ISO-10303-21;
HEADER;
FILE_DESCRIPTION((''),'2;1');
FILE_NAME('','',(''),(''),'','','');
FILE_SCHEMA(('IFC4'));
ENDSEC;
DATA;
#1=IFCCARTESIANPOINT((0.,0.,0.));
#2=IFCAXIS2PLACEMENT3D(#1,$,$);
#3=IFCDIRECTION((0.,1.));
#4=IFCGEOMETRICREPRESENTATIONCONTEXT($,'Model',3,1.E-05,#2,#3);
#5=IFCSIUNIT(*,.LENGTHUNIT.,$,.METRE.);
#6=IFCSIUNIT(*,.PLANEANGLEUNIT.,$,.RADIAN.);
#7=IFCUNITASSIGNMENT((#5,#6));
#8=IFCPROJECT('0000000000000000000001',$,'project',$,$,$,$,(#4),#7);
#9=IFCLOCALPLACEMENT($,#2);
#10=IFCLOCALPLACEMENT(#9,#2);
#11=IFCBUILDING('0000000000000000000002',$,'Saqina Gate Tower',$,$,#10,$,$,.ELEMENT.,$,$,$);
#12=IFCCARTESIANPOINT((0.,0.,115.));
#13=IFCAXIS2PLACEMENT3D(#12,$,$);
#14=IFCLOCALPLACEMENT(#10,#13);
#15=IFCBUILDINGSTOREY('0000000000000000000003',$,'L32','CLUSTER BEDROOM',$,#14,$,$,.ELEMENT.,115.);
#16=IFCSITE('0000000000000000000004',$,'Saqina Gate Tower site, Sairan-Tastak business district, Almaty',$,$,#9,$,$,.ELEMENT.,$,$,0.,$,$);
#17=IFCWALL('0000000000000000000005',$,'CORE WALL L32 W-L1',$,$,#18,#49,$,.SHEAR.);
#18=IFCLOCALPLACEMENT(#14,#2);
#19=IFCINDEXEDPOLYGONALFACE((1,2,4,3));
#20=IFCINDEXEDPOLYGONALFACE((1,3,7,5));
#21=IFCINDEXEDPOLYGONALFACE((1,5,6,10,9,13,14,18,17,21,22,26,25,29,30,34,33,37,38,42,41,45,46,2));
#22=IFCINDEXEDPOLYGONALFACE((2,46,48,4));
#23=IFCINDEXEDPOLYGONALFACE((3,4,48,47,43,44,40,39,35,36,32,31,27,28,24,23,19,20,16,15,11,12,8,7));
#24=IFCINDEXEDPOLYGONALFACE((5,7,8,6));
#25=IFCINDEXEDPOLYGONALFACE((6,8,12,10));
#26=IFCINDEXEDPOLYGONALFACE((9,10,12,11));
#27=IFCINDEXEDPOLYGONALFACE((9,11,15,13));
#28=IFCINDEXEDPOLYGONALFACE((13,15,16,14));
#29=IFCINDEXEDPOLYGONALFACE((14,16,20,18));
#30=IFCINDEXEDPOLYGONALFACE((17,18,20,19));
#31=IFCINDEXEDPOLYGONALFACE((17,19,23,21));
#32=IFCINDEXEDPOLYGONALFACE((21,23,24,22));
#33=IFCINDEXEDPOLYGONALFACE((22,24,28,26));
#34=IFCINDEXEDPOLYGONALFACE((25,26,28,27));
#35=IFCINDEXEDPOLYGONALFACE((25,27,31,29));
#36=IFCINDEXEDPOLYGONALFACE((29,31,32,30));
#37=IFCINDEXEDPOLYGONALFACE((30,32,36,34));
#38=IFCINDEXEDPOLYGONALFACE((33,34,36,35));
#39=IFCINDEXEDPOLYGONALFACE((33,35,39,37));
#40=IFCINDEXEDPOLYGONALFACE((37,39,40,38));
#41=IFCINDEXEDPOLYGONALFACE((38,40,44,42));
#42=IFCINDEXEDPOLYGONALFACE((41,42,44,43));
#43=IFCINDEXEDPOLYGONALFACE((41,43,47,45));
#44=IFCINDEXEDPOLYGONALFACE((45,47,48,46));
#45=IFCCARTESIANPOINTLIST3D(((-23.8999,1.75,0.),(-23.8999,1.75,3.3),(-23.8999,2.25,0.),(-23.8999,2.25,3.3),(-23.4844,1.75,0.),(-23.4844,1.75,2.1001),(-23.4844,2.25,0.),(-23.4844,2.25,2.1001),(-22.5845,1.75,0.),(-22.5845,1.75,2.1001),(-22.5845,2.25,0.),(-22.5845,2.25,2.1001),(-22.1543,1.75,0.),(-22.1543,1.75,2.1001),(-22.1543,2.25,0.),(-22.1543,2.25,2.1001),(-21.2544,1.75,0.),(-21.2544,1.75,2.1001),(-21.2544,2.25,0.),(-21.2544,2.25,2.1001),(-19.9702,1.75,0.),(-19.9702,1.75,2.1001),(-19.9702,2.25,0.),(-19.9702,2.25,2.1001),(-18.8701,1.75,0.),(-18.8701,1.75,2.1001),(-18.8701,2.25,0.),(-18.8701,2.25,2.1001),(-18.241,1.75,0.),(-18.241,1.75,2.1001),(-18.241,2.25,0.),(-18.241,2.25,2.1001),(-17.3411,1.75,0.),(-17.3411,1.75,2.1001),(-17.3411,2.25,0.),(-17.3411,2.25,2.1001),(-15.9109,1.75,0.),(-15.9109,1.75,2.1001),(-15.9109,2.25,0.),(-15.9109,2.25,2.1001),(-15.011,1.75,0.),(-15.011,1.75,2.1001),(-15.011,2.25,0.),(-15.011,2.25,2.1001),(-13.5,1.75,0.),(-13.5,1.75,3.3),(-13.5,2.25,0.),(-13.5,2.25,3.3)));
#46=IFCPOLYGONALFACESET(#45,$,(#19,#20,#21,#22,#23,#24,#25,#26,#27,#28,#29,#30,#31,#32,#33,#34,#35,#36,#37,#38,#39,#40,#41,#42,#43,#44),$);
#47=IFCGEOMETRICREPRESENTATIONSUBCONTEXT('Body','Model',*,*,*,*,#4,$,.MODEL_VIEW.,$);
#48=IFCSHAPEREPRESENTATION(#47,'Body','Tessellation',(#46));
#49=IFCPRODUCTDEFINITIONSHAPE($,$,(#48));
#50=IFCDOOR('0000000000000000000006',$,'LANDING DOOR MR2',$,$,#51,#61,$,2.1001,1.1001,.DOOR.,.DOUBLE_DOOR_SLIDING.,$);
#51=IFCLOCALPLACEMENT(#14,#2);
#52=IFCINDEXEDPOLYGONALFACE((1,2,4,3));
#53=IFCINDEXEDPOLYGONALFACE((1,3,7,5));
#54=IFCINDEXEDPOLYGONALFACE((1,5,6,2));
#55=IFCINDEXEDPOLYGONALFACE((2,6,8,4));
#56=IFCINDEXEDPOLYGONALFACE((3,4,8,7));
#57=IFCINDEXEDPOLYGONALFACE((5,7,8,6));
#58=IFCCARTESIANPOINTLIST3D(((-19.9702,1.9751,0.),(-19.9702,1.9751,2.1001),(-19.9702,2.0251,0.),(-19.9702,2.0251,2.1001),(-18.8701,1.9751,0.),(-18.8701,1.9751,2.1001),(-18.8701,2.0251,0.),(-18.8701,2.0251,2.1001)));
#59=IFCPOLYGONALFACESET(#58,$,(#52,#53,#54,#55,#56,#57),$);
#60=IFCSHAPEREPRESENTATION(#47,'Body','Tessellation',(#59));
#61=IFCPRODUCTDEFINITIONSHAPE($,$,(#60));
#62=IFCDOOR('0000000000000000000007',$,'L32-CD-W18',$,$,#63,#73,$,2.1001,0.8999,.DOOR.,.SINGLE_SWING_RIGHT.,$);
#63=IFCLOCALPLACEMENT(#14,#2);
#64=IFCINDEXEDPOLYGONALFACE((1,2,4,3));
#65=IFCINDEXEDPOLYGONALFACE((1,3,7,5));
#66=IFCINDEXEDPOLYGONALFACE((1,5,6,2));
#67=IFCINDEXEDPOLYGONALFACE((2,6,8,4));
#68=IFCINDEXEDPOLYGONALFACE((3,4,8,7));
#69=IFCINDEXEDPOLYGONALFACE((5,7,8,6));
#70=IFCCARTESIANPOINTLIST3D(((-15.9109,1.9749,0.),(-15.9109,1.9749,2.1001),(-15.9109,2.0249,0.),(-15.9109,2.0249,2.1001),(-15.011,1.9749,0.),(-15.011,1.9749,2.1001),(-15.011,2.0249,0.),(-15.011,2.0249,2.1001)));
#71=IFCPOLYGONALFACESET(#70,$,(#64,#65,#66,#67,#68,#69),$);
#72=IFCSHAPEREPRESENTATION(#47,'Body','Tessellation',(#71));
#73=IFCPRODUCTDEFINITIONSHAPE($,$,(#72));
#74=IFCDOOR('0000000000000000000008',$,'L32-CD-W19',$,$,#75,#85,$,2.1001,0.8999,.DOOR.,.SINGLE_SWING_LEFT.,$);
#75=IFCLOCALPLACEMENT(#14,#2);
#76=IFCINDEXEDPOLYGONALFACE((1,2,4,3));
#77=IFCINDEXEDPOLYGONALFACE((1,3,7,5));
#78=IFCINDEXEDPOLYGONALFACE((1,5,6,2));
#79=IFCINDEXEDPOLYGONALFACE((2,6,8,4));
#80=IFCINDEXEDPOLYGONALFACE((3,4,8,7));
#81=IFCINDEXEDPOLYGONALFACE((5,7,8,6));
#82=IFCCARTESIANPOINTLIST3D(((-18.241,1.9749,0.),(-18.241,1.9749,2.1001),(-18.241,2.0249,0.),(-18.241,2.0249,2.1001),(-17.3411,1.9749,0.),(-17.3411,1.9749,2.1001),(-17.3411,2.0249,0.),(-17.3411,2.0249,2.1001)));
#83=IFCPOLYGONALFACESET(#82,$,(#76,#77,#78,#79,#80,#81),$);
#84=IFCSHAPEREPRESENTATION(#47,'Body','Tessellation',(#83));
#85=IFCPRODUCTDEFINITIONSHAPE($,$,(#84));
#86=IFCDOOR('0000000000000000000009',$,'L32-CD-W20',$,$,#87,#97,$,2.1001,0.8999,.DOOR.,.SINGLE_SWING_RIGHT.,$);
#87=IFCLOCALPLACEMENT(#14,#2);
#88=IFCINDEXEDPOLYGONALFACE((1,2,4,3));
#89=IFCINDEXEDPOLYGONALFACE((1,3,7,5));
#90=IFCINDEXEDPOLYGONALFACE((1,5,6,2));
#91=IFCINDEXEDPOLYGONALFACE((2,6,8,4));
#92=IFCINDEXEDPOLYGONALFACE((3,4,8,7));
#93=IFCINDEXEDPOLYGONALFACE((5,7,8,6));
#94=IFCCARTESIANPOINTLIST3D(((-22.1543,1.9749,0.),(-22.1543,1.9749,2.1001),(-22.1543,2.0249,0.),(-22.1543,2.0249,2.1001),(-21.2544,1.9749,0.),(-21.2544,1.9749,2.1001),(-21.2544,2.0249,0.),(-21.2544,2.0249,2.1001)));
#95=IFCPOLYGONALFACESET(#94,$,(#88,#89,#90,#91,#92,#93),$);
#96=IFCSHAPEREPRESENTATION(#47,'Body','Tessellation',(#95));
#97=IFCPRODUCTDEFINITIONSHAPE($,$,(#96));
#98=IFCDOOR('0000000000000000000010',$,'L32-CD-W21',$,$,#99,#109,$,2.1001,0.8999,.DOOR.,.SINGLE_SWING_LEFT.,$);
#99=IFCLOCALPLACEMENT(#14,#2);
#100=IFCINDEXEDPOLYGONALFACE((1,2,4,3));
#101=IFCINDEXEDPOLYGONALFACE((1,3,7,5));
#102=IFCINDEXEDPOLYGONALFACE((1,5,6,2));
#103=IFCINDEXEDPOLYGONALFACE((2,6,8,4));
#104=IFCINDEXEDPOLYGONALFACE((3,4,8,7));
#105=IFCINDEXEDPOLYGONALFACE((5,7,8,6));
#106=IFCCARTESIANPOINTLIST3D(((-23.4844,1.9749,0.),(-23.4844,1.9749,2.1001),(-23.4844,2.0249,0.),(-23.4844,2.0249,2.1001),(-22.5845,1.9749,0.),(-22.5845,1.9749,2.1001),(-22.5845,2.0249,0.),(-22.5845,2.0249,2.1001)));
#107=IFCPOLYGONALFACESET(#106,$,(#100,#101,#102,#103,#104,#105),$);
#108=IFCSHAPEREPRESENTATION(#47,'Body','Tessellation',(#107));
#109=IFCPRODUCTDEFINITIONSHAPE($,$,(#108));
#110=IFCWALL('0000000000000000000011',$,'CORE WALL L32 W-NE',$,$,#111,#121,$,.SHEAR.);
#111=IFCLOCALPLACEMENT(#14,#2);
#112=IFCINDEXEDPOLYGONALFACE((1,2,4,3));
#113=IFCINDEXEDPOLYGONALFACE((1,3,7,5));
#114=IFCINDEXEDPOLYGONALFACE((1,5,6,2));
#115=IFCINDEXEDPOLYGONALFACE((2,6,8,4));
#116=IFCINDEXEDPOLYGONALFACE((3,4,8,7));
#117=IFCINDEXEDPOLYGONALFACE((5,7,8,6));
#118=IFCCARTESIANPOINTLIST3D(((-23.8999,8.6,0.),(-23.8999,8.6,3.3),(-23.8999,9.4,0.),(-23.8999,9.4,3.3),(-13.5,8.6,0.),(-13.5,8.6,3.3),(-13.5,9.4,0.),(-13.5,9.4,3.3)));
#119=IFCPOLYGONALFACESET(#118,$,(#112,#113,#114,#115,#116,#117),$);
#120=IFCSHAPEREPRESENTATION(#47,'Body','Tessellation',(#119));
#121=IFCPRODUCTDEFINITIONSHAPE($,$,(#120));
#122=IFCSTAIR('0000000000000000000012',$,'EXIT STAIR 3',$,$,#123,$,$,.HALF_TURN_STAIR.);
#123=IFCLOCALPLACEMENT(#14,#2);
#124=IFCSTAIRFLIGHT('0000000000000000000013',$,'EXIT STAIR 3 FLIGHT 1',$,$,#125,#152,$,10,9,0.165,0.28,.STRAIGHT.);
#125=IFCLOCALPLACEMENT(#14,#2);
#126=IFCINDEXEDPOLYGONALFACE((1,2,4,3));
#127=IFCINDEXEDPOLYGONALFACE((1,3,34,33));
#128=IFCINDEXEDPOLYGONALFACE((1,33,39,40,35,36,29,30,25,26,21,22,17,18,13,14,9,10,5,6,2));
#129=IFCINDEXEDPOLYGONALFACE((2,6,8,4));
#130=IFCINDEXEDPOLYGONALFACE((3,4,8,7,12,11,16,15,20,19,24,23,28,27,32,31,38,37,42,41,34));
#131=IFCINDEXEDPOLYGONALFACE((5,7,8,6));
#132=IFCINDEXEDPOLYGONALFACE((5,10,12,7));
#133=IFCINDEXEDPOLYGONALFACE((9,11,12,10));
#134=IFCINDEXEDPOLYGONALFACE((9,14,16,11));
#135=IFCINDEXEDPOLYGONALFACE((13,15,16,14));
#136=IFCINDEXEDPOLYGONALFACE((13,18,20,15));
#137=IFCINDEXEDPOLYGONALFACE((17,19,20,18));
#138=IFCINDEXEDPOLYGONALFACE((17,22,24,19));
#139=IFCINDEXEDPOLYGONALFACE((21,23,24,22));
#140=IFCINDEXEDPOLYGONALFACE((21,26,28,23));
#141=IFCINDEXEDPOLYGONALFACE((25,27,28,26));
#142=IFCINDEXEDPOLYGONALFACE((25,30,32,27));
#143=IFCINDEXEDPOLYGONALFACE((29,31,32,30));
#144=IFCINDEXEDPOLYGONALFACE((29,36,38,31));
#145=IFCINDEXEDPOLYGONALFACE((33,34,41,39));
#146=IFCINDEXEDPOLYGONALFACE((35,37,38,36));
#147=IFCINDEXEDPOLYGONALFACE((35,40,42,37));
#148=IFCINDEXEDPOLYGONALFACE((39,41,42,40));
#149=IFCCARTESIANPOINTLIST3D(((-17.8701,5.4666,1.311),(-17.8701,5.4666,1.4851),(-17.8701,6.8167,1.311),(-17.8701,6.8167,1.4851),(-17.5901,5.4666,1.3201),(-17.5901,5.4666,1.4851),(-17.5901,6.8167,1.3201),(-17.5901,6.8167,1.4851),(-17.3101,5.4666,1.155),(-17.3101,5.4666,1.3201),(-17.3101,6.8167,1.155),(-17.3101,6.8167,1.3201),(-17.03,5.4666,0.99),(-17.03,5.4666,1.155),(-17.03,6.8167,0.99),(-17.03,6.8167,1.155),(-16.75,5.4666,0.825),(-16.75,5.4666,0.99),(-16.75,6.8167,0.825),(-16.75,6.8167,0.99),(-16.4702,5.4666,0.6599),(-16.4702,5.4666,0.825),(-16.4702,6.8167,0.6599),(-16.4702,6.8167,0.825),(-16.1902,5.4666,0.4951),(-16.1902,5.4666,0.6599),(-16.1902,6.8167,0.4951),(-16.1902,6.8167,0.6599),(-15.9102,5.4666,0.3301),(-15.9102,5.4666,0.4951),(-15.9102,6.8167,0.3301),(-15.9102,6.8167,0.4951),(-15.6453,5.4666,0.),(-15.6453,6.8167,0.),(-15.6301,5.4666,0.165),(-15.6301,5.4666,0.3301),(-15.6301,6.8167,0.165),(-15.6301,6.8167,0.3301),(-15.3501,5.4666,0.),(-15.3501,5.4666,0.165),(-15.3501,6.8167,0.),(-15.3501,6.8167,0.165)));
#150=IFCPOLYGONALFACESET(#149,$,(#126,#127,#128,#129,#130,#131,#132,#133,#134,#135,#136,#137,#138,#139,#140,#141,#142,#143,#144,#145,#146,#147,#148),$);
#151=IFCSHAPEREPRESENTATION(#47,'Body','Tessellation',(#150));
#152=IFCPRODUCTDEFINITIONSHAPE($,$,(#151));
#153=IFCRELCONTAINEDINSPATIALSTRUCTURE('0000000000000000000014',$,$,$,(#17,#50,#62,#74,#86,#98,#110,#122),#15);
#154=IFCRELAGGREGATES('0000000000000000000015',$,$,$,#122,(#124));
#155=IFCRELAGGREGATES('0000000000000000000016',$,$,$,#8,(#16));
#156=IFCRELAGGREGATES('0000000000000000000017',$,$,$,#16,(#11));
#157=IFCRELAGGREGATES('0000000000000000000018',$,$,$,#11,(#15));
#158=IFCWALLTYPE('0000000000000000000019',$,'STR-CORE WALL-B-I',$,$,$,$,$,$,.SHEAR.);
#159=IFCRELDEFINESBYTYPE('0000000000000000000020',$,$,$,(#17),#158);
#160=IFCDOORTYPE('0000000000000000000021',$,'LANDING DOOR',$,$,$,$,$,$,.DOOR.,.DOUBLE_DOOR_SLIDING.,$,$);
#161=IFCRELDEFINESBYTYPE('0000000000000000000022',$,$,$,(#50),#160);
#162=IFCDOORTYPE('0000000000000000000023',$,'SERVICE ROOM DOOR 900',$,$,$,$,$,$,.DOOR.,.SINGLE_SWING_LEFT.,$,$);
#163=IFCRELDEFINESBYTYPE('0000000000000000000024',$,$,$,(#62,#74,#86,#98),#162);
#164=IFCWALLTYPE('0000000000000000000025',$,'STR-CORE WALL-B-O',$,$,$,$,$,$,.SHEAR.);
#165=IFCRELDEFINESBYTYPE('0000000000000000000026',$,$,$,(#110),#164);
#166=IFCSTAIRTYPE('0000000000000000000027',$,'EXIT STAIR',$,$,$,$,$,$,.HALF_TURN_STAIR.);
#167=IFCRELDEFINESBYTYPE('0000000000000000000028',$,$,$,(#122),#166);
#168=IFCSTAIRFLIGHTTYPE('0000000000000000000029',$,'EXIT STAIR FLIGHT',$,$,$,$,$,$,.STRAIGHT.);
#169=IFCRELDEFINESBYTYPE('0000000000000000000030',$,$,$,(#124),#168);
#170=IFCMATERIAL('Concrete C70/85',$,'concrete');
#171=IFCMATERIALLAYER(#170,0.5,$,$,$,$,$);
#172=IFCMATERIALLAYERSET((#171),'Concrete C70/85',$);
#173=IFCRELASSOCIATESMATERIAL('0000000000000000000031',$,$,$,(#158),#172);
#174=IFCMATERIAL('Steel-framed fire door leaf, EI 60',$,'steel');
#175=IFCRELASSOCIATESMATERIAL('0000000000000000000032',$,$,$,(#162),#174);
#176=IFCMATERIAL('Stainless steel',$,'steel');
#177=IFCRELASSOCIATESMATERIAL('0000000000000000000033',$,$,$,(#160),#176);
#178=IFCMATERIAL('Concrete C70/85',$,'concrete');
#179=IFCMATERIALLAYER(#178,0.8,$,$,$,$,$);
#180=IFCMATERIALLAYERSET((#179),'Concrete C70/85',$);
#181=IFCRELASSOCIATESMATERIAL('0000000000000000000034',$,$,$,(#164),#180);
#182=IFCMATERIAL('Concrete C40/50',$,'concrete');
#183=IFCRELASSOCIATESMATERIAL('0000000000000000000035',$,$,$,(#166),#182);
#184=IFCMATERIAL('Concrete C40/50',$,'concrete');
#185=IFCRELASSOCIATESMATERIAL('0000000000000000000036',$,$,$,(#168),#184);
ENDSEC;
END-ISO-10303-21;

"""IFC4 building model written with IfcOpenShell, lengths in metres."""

from ifc_helpers import new_model, si_unit, direction, frame, frame_2d, origin, place, context, subcontext, project, spatial, polyline, rectangle, outline, extrude, material, layer, layer_set, type_object, element, fill, aggregate, save


model = new_model("IFC4")

# Units and contexts
model_context = context("Model", 3, precision=1e-05, world=origin(), true_north=direction((0.0, 1.0)))
body_context = subcontext(model_context, "Body", "Model", "MODEL_VIEW")
ifc_project = project(units=[si_unit("LENGTHUNIT", "METRE"), si_unit("PLANEANGLEUNIT", "RADIAN")], contexts=[model_context])

# Site, building, storey
site_placement = place(None, origin())
site = spatial("IfcSite", under=ifc_project, at=site_placement, Name="Saqina Gate Tower site, Sairan-Tastak business district, Almaty", CompositionType="ELEMENT", RefElevation=0.0)
building_placement = place(site_placement, origin())
building = spatial("IfcBuilding", under=site, at=building_placement, Name="Saqina Gate Tower", CompositionType="ELEMENT")
storey_placement = place(building_placement, frame((0.0, 0.0, 115.0)))
storey = spatial("IfcBuildingStorey", under=building, at=storey_placement, Name="L32", Description="CLUSTER BEDROOM", CompositionType="ELEMENT", Elevation=115.0)

# Shared definitions
ifc_material_1 = material(Name="Concrete C70/85", Category="concrete")
ifc_layer_1 = layer(ifc_material_1, 0.5)
ifc_layer_set_1 = layer_set([ifc_layer_1], Name="Concrete C70/85")
wall_type_1 = type_object("IfcWallType", Name="STR-CORE WALL-B-I", PredefinedType="SHEAR", material=ifc_layer_set_1)
ifc_material_2 = material(Name="Steel-framed fire door leaf, EI 60", Category="steel")
door_type_1 = type_object("IfcDoorType", Name="SERVICE ROOM DOOR 900", OperationType="SINGLE_SWING_LEFT", PredefinedType="DOOR", material=ifc_material_2)

# Wall, openings, doors
wall_1_placement = place(storey_placement, frame((-13.5, 2.0, 0.0), z_axis=(0.0, 0.0, 1.0), x_axis=(-1.0, 0.0, 0.0)))
wall_1 = element("IfcWall", 1, at=wall_1_placement, inside=storey, type_object=wall_type_1, Name="CORE WALL L32 W-L1", PredefinedType="SHEAR", context=body_context, shape_type="SweptSolid", body=[
    extrude(rectangle(XDim=10.3999, YDim=0.5, at=frame_2d((5.2, 0.0))), origin(), (0.0, 0.0, 1.0), 3.3),
])
opening_1_placement = place(wall_1_placement, frame((5.3701, 0.0, 0.0)))
opening_1 = element("IfcOpeningElement", 2, at=opening_1_placement, cuts=wall_1, PredefinedType="OPENING", context=body_context, shape_type="SweptSolid", body=[
    extrude(rectangle(XDim=1.1001, YDim=2.1001, at=frame_2d((0.55, 1.05))), frame((0.0, 0.262, 0.0), z_axis=(0.0, -1.0, 0.0), x_axis=(1.0, 0.0, 0.0)), (0.0, 0.0, 1.0), 0.5239),
])
opening_2_placement = place(wall_1_placement, frame((1.511, 0.0, 0.0)))
opening_2 = element("IfcOpeningElement", 3, at=opening_2_placement, cuts=wall_1, PredefinedType="OPENING", context=body_context, shape_type="SweptSolid", body=[
    extrude(rectangle(XDim=0.8999, YDim=2.1001, at=frame_2d((0.45, 1.05))), frame((0.0, 0.262, 0.0), z_axis=(0.0, -1.0, 0.0), x_axis=(1.0, 0.0, 0.0)), (0.0, 0.0, 1.0), 0.5239),
])
opening_3_placement = place(wall_1_placement, frame((3.8411, 0.0, 0.0)))
opening_3 = element("IfcOpeningElement", 4, at=opening_3_placement, cuts=wall_1, PredefinedType="OPENING", context=body_context, shape_type="SweptSolid", body=[
    extrude(rectangle(XDim=0.8999, YDim=2.1001, at=frame_2d((0.45, 1.05))), frame((0.0, 0.262, 0.0), z_axis=(0.0, -1.0, 0.0), x_axis=(1.0, 0.0, 0.0)), (0.0, 0.0, 1.0), 0.5239),
])
opening_4_placement = place(wall_1_placement, frame((7.7544, 0.0, 0.0)))
opening_4 = element("IfcOpeningElement", 5, at=opening_4_placement, cuts=wall_1, PredefinedType="OPENING", context=body_context, shape_type="SweptSolid", body=[
    extrude(rectangle(XDim=0.8999, YDim=2.1001, at=frame_2d((0.45, 1.05))), frame((0.0, 0.262, 0.0), z_axis=(0.0, -1.0, 0.0), x_axis=(1.0, 0.0, 0.0)), (0.0, 0.0, 1.0), 0.5239),
])
opening_5_placement = place(wall_1_placement, frame((9.0845, 0.0, 0.0)))
opening_5 = element("IfcOpeningElement", 6, at=opening_5_placement, cuts=wall_1, PredefinedType="OPENING", context=body_context, shape_type="SweptSolid", body=[
    extrude(rectangle(XDim=0.8999, YDim=2.1001, at=frame_2d((0.45, 1.05))), frame((0.0, 0.262, 0.0), z_axis=(0.0, -1.0, 0.0), x_axis=(1.0, 0.0, 0.0)), (0.0, 0.0, 1.0), 0.5239),
])
ifc_material_3 = material(Name="Stainless steel", Category="steel")
door_type_2 = type_object("IfcDoorType", Name="LANDING DOOR", OperationType="DOUBLE_DOOR_SLIDING", PredefinedType="DOOR", material=ifc_material_3)
door_1_placement = place(opening_1_placement, origin())
door_1 = element("IfcDoor", 7, at=door_1_placement, inside=storey, type_object=door_type_2, Name="LANDING DOOR MR2", OperationType="DOUBLE_DOOR_SLIDING", OverallHeight=2.1001, OverallWidth=1.1001, PredefinedType="DOOR", context=body_context, shape_type="SweptSolid", body=[
    extrude(rectangle(XDim=1.1001, YDim=2.1001, at=frame_2d((0.55, 1.05))), frame((0.0, 0.0249, 0.0), z_axis=(0.0, -1.0, 0.0), x_axis=(1.0, 0.0, 0.0)), (0.0, 0.0, 1.0), 0.05),
])
fill(opening_1, door_1)
door_2_placement = place(opening_2_placement, frame((0.8999, 0.0, 0.0), z_axis=(0.0, 0.0, 1.0), x_axis=(-1.0, 0.0, 0.0)))
door_2 = element("IfcDoor", 8, at=door_2_placement, inside=storey, type_object=door_type_1, Name="L32-CD-W18", OperationType="SINGLE_SWING_RIGHT", OverallHeight=2.1001, OverallWidth=0.8999, PredefinedType="DOOR", context=body_context, shape_type="SweptSolid", body=[
    extrude(rectangle(XDim=0.8999, YDim=2.1001, at=frame_2d((0.45, 1.05))), frame((0.0, 0.0249, 0.0), z_axis=(0.0, -1.0, 0.0), x_axis=(1.0, 0.0, 0.0)), (0.0, 0.0, 1.0), 0.05),
])
fill(opening_2, door_2)
door_3_placement = place(opening_3_placement, frame((0.8999, 0.0, 0.0), z_axis=(0.0, 0.0, 1.0), x_axis=(-1.0, 0.0, 0.0)))
door_3 = element("IfcDoor", 9, at=door_3_placement, inside=storey, type_object=door_type_1, Name="L32-CD-W19", OperationType="SINGLE_SWING_LEFT", OverallHeight=2.1001, OverallWidth=0.8999, PredefinedType="DOOR", context=body_context, shape_type="SweptSolid", body=[
    extrude(rectangle(XDim=0.8999, YDim=2.1001, at=frame_2d((0.45, 1.05))), frame((0.0, 0.0249, 0.0), z_axis=(0.0, -1.0, 0.0), x_axis=(1.0, 0.0, 0.0)), (0.0, 0.0, 1.0), 0.05),
])
fill(opening_3, door_3)
door_4_placement = place(opening_4_placement, frame((0.8999, 0.0, 0.0), z_axis=(0.0, 0.0, 1.0), x_axis=(-1.0, 0.0, 0.0)))
door_4 = element("IfcDoor", 10, at=door_4_placement, inside=storey, type_object=door_type_1, Name="L32-CD-W20", OperationType="SINGLE_SWING_RIGHT", OverallHeight=2.1001, OverallWidth=0.8999, PredefinedType="DOOR", context=body_context, shape_type="SweptSolid", body=[
    extrude(rectangle(XDim=0.8999, YDim=2.1001, at=frame_2d((0.45, 1.05))), frame((0.0, 0.0249, 0.0), z_axis=(0.0, -1.0, 0.0), x_axis=(1.0, 0.0, 0.0)), (0.0, 0.0, 1.0), 0.05),
])
fill(opening_4, door_4)
door_5_placement = place(opening_5_placement, frame((0.8999, 0.0, 0.0), z_axis=(0.0, 0.0, 1.0), x_axis=(-1.0, 0.0, 0.0)))
door_5 = element("IfcDoor", 11, at=door_5_placement, inside=storey, type_object=door_type_1, Name="L32-CD-W21", OperationType="SINGLE_SWING_LEFT", OverallHeight=2.1001, OverallWidth=0.8999, PredefinedType="DOOR", context=body_context, shape_type="SweptSolid", body=[
    extrude(rectangle(XDim=0.8999, YDim=2.1001, at=frame_2d((0.45, 1.05))), frame((0.0, 0.0249, 0.0), z_axis=(0.0, -1.0, 0.0), x_axis=(1.0, 0.0, 0.0)), (0.0, 0.0, 1.0), 0.05),
])
fill(opening_5, door_5)

# Wall
ifc_material_4 = material(Name="Concrete C70/85", Category="concrete")
ifc_layer_2 = layer(ifc_material_4, 0.8)
ifc_layer_set_2 = layer_set([ifc_layer_2], Name="Concrete C70/85")
wall_type_2 = type_object("IfcWallType", Name="STR-CORE WALL-B-O", PredefinedType="SHEAR", material=ifc_layer_set_2)
wall_2_placement = place(storey_placement, frame((-13.5, 9.0, 0.0), z_axis=(0.0, 0.0, 1.0), x_axis=(-1.0, 0.0, 0.0)))
element("IfcWall", 12, at=wall_2_placement, inside=storey, type_object=wall_type_2, Name="CORE WALL L32 W-NE", PredefinedType="SHEAR", context=body_context, shape_type="SweptSolid", body=[
    extrude(rectangle(XDim=10.3999, YDim=0.8, at=frame_2d((5.2, 0.0))), origin(), (0.0, 0.0, 1.0), 3.3),
])

# Stair, stair flight
ifc_material_5 = material(Name="Concrete C40/50", Category="concrete")
stair_type = type_object("IfcStairType", Name="EXIT STAIR", PredefinedType="HALF_TURN_STAIR", material=ifc_material_5)
stair_placement = place(storey_placement, origin())
stair = element("IfcStair", 13, at=stair_placement, inside=storey, type_object=stair_type, Name="EXIT STAIR 3", PredefinedType="HALF_TURN_STAIR")
ifc_material_6 = material(Name="Concrete C40/50", Category="concrete")
stair_flight_type = type_object("IfcStairFlightType", Name="EXIT STAIR FLIGHT", PredefinedType="STRAIGHT", material=ifc_material_6)
stair_flight_1_placement = place(storey_placement, frame((-15.3501, 6.1416, 0.0), z_axis=(0.0, 0.0, 1.0), x_axis=(-1.0, 0.0, 0.0)))
stair_flight_1 = element("IfcStairFlight", 14, at=stair_flight_1_placement, type_object=stair_flight_type, Name="EXIT STAIR 3 FLIGHT 1", NumberOfRisers=10, NumberOfTreads=9, PredefinedType="STRAIGHT", RiserHeight=0.165, TreadLength=0.28, context=body_context, shape_type="SweptSolid", body=[
    extrude(outline(polyline([(0.0, 0.0), (0.0, 0.165), (0.28, 0.165), (0.28, 0.3301), (0.5601, 0.3301), (0.5601, 0.4951), (0.8401, 0.4951), (0.8401, 0.6599), (1.1201, 0.6599), (1.1201, 0.825), (1.3999, 0.825), (1.3999, 0.99), (1.6799, 0.99), (1.6799, 1.155), (1.96, 1.155), (1.96, 1.3201), (2.24, 1.3201), (2.24, 1.4851), (2.52, 1.4851), (2.52, 1.6499), (2.52, 1.311), (0.2952, 0.0), (0.0, 0.0)])), frame((0.0, 0.675, 0.0), z_axis=(0.0, -1.0, 0.0), x_axis=(1.0, 0.0, 0.0)), (0.0, 0.0, 1.0), 1.3501),
])
aggregate(stair, [stair_flight_1])

save(model, "model.ifc")
